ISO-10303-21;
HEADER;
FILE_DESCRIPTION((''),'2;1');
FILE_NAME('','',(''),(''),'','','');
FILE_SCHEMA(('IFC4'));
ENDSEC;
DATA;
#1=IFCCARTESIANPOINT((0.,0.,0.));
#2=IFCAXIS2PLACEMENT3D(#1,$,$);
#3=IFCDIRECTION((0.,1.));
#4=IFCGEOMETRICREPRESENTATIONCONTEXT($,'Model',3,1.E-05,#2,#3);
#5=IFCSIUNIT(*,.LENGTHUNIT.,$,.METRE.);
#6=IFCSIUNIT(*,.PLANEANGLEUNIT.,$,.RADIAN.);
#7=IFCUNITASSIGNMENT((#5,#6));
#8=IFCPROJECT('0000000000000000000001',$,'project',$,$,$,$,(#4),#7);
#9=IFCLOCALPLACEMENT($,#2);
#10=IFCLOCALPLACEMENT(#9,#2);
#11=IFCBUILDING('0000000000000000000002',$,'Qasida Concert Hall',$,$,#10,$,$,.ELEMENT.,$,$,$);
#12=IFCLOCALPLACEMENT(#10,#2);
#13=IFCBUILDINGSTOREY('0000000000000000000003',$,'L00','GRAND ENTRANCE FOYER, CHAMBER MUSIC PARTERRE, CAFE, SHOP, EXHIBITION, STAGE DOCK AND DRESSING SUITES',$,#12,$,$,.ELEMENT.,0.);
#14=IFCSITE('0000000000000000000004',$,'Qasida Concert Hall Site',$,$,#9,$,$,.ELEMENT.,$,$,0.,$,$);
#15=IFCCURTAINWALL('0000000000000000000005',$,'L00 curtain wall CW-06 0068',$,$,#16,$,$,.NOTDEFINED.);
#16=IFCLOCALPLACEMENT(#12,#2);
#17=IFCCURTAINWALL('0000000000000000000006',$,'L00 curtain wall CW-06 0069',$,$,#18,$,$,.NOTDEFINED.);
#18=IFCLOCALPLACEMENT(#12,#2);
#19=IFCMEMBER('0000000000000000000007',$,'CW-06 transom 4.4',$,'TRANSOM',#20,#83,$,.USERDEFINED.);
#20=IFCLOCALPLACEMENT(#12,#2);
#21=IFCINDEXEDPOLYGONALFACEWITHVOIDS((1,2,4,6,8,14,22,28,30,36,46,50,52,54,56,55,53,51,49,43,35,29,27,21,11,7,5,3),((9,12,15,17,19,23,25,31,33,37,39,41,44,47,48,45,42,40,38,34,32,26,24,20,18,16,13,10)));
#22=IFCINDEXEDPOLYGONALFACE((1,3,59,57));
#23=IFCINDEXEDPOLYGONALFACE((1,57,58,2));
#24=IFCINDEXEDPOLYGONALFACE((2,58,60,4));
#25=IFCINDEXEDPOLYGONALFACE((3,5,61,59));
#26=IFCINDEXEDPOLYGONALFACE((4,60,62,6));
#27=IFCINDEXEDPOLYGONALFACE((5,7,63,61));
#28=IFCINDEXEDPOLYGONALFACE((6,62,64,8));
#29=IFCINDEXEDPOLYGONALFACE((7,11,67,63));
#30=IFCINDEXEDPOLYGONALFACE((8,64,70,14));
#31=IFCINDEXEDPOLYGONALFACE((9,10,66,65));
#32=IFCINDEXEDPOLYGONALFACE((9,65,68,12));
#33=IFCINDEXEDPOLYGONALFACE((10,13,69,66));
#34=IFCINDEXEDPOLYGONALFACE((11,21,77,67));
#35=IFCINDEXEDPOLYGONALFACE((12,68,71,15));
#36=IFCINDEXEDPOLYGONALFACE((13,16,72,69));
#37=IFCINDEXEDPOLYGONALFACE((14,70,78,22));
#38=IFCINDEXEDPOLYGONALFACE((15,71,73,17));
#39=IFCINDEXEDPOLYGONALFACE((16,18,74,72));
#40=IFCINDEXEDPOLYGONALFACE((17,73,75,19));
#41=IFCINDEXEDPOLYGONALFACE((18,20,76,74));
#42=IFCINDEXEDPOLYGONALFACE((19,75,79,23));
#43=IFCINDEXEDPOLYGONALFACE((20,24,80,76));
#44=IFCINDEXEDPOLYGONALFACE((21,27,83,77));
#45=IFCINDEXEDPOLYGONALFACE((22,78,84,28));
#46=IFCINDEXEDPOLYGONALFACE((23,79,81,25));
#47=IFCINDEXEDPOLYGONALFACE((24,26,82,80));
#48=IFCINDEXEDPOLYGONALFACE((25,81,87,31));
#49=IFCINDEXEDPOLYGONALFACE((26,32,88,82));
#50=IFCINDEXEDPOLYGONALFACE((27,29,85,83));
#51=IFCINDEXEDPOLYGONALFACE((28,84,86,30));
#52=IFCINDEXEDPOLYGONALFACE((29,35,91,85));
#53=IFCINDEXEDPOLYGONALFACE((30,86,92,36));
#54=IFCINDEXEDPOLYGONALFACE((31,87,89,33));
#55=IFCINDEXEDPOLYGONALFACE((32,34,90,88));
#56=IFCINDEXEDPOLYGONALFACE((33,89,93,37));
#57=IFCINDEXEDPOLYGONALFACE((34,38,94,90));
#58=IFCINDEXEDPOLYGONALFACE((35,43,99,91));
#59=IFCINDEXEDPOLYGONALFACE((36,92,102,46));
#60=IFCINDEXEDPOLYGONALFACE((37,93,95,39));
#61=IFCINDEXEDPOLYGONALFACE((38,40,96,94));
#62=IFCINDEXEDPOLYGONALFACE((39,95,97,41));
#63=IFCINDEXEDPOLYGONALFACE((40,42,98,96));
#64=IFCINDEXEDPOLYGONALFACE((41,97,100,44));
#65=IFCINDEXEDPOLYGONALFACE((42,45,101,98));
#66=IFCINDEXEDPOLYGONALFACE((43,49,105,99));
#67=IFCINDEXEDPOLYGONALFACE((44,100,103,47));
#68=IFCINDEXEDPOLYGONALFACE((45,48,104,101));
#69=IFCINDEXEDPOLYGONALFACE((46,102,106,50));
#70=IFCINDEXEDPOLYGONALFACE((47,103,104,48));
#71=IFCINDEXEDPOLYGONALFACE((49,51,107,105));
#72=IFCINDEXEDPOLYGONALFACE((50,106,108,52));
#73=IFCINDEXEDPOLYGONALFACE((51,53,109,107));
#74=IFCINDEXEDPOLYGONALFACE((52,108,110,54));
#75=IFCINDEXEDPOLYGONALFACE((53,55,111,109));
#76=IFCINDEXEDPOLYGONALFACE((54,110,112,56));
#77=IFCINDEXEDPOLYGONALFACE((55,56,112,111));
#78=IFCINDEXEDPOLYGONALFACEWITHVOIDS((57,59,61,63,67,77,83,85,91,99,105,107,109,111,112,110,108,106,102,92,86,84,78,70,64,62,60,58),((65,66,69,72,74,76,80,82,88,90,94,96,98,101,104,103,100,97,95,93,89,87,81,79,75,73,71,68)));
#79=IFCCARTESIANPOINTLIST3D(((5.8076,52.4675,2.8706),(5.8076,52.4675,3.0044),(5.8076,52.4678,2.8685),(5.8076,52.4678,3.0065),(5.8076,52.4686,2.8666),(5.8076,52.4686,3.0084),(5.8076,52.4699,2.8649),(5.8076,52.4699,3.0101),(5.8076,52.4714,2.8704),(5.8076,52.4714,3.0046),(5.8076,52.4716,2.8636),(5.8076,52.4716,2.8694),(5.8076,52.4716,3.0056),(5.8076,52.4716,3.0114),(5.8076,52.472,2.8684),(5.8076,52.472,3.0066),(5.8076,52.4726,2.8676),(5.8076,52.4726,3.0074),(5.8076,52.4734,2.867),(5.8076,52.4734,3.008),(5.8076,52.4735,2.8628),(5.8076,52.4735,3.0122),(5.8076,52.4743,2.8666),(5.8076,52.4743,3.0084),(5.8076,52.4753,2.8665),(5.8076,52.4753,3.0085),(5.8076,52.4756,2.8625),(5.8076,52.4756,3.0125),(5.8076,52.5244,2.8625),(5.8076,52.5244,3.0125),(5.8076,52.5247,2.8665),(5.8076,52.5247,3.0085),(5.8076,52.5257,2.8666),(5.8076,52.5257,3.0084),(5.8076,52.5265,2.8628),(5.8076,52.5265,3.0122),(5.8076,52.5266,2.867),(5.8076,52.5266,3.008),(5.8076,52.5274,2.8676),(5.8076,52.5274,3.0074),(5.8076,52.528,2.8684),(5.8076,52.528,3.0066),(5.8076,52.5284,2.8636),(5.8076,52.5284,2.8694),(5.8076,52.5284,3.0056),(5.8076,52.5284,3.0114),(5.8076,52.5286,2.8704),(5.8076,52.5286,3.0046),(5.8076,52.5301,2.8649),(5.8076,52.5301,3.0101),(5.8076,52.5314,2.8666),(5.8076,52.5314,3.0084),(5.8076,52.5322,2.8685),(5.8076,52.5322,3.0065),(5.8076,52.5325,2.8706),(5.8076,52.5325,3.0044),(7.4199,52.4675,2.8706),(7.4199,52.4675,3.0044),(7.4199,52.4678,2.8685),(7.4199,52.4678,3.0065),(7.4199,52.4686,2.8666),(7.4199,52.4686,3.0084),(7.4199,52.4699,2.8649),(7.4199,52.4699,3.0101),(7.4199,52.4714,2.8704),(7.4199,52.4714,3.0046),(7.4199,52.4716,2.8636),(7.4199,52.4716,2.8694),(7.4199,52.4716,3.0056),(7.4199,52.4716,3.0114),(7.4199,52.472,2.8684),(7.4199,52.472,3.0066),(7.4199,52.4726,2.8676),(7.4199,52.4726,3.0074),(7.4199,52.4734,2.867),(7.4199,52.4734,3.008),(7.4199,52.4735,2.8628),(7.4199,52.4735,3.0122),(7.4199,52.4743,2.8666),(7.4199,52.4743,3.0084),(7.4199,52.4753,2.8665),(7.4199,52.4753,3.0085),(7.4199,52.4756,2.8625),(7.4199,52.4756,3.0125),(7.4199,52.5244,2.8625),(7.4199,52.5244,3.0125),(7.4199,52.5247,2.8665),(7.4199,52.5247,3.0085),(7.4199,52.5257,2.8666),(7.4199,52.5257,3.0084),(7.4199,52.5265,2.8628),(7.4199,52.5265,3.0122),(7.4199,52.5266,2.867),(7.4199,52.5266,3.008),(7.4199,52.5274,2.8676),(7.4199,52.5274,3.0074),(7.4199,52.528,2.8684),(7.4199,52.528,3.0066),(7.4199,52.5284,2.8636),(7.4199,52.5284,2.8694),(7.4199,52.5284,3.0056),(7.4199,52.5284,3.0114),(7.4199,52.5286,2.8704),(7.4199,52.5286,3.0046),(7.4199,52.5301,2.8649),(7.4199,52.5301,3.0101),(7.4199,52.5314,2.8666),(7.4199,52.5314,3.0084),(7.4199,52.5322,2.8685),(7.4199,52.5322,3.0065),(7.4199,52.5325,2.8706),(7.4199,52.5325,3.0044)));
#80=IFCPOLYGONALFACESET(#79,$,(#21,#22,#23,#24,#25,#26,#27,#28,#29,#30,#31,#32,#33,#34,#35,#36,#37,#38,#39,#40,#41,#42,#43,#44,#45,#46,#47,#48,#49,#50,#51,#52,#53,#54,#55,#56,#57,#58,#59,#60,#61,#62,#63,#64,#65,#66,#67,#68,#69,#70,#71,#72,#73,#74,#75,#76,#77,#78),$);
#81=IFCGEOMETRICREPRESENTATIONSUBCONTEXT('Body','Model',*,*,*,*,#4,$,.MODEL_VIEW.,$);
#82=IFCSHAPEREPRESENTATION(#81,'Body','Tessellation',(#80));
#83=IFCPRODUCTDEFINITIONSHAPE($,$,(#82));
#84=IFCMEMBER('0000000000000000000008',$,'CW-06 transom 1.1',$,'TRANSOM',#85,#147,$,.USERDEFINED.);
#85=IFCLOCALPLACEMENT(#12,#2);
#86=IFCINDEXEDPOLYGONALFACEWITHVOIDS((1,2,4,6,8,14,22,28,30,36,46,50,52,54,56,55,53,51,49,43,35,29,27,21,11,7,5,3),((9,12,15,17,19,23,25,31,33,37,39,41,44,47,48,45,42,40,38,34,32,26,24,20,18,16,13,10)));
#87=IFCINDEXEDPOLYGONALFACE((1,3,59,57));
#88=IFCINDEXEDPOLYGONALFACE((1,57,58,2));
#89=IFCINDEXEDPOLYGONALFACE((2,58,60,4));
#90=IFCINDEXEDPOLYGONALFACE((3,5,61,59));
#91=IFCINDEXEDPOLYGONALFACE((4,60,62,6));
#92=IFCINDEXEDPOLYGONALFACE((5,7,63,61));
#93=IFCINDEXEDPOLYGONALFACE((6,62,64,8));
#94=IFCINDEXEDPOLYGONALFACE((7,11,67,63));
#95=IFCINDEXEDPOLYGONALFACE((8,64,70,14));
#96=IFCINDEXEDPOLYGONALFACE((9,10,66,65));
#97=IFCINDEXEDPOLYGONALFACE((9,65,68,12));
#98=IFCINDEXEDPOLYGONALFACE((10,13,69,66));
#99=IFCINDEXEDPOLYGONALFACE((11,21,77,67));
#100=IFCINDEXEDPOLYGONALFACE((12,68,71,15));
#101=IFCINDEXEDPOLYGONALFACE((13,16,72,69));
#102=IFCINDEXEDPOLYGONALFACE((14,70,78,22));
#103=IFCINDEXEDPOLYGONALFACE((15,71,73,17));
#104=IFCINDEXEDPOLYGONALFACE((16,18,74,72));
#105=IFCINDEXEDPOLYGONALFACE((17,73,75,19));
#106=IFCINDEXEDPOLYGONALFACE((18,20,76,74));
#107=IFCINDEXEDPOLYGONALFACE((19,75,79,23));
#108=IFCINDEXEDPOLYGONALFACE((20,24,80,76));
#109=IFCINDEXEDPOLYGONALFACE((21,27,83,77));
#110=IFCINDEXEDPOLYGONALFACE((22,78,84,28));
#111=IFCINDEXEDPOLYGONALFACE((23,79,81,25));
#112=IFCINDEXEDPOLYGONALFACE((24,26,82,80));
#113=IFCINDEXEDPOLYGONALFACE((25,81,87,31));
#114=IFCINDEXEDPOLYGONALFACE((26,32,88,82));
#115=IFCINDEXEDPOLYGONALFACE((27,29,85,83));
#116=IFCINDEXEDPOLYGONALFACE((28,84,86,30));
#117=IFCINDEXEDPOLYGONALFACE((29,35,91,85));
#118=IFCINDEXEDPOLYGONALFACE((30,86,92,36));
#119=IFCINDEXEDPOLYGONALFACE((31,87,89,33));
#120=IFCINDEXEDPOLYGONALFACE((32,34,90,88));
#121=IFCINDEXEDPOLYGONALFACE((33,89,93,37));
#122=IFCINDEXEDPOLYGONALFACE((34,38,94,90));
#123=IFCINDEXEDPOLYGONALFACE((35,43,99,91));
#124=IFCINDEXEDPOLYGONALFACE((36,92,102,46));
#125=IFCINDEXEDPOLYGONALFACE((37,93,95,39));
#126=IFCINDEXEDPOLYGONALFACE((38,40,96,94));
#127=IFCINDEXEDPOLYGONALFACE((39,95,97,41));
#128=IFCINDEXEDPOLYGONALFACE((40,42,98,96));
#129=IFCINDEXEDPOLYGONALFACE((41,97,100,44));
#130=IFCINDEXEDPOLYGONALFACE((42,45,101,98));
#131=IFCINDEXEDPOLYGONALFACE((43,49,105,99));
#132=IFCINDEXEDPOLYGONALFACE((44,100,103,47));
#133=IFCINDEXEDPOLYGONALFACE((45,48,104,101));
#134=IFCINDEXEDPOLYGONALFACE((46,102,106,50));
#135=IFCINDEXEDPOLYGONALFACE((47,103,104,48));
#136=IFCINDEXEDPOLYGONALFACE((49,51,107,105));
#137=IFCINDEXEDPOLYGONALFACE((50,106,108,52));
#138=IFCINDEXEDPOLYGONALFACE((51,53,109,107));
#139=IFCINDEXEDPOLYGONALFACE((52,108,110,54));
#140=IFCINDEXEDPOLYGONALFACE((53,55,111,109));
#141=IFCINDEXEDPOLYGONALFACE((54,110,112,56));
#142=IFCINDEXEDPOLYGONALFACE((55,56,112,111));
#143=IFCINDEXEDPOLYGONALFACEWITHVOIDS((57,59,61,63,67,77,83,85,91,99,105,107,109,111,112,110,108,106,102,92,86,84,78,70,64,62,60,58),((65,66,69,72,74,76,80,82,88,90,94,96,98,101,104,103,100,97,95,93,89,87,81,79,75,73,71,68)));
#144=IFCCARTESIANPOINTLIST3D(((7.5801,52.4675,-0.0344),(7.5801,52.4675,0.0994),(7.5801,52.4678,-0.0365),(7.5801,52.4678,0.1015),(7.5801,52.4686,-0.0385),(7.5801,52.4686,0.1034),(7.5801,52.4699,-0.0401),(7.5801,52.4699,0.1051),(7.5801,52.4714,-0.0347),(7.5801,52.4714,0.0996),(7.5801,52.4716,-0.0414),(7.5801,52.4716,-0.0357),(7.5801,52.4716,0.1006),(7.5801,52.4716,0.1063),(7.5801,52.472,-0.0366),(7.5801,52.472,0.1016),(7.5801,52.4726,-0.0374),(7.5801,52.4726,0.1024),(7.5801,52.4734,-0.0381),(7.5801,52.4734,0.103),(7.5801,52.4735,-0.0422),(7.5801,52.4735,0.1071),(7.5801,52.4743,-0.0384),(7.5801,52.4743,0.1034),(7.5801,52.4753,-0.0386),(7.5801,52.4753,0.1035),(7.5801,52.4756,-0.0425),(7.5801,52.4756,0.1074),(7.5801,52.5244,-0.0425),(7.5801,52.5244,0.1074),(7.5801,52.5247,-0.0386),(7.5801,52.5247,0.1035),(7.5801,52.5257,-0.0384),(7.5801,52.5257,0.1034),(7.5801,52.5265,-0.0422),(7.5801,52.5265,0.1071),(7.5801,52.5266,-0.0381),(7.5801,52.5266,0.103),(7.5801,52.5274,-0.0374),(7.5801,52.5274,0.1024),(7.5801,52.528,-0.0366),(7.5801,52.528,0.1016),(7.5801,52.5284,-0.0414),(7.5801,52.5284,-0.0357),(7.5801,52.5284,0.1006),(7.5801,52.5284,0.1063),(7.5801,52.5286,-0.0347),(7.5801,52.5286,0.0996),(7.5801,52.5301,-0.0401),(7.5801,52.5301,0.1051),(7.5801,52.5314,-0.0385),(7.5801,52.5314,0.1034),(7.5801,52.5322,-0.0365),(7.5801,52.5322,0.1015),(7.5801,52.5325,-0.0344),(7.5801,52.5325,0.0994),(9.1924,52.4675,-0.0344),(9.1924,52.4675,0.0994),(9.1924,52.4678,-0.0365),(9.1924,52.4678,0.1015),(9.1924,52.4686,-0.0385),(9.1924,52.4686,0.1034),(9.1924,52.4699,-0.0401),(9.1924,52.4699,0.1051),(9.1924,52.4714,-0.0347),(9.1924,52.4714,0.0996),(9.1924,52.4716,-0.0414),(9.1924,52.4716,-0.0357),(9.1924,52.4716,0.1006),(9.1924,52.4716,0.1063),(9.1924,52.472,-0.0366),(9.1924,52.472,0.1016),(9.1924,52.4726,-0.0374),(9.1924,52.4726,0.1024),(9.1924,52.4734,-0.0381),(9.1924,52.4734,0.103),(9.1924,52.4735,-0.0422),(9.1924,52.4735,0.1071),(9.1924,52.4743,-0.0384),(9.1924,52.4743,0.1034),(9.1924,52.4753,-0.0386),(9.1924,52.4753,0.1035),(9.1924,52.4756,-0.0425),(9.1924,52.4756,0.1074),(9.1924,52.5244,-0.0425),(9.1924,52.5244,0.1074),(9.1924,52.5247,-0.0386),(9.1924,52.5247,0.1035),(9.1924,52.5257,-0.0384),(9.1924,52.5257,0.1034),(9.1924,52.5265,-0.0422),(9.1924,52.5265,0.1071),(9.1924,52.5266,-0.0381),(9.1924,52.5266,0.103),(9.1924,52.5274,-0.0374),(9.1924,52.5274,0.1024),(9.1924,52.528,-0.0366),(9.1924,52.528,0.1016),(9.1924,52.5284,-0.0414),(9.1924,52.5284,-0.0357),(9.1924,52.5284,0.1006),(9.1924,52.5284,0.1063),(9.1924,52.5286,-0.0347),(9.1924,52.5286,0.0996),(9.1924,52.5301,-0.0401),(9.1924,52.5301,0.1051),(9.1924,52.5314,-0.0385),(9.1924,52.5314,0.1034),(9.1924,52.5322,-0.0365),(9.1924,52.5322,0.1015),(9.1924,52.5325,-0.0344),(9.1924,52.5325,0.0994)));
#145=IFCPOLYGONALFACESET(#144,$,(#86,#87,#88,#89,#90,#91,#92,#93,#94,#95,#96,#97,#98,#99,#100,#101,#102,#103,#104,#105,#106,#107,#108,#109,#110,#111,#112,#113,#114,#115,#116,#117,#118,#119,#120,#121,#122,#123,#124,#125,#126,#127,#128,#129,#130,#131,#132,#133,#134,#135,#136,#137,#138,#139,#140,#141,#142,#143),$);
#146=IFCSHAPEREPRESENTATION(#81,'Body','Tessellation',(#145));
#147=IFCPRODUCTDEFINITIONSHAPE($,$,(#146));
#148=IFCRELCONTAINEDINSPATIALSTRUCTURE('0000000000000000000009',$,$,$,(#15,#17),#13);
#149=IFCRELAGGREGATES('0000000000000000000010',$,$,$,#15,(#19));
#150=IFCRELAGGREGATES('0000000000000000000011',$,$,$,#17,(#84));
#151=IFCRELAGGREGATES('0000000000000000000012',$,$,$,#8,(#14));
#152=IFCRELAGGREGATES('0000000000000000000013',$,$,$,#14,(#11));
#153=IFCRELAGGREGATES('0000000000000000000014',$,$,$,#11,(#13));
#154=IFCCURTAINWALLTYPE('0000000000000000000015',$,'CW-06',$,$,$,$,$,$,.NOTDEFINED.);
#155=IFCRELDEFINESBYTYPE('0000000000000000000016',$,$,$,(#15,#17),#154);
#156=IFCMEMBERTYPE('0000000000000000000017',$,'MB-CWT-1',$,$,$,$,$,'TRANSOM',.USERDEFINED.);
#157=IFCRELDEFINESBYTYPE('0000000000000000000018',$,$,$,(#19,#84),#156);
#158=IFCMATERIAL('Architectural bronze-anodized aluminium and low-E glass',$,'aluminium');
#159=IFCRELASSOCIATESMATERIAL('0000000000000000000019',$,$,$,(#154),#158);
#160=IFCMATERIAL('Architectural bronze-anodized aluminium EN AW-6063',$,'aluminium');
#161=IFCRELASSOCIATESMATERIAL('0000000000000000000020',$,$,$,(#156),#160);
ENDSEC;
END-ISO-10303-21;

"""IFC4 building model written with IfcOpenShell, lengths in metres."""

from ifc_helpers import new_model, si_unit, direction, frame, origin, origin_2d, place, context, subcontext, project, spatial, hollow_rectangle, extrude, material, material_profile, profile_set, type_object, element, aggregate, save


model = new_model("IFC4")

# Units and contexts
model_context = context("Model", 3, precision=1e-05, world=origin(), true_north=direction((0.0, 1.0)))
body_context = subcontext(model_context, "Body", "Model", "MODEL_VIEW")
ifc_project = project(units=[si_unit("LENGTHUNIT", "METRE"), si_unit("PLANEANGLEUNIT", "RADIAN")], contexts=[model_context])

# Site, building, storey
site_placement = place(None, origin())
site = spatial("IfcSite", under=ifc_project, at=site_placement, Name="Qasida Concert Hall Site", CompositionType="ELEMENT", RefElevation=0.0)
building_placement = place(site_placement, origin())
building = spatial("IfcBuilding", under=site, at=building_placement, Name="Qasida Concert Hall", CompositionType="ELEMENT")
storey_placement = place(building_placement, origin())
storey = spatial("IfcBuildingStorey", under=building, at=storey_placement, Name="L00", Description="GRAND ENTRANCE FOYER, CHAMBER MUSIC PARTERRE, CAFE, SHOP, EXHIBITION, STAGE DOCK AND DRESSING SUITES", CompositionType="ELEMENT", Elevation=0.0)

# Curtain wall
ifc_material_1 = material(Name="Architectural bronze-anodized aluminium and low-E glass", Category="aluminium")
curtain_wall_type = type_object("IfcCurtainWallType", Name="CW-06", PredefinedType="NOTDEFINED", material=ifc_material_1)
curtain_wall_1_placement = place(storey_placement, origin())
curtain_wall_1 = element("IfcCurtainWall", 1, at=curtain_wall_1_placement, inside=storey, type_object=curtain_wall_type, Name="L00 curtain wall CW-06 0068", PredefinedType="NOTDEFINED")
ifc_material_2 = material(Name="Architectural bronze-anodized aluminium EN AW-6063", Category="aluminium")

# Curtain wall
curtain_wall_2_placement = place(storey_placement, origin())
curtain_wall_2 = element("IfcCurtainWall", 2, at=curtain_wall_2_placement, inside=storey, type_object=curtain_wall_type, Name="L00 curtain wall CW-06 0069", PredefinedType="NOTDEFINED")

# Members
ifc_material_profile_1 = material_profile(ifc_material_2, hollow_rectangle(XDim=0.0649, YDim=0.1499, WallThickness=0.0039, InnerFilletRadius=0.0039, OuterFilletRadius=0.0081, at=origin_2d()), Name="CWT 150x65x4")
ifc_profile_set_1 = profile_set([ifc_material_profile_1], Name="Architectural bronze-anodized aluminium EN AW-6063")
member_type_1 = type_object("IfcMemberType", Name="MB-CWT-1", ElementType="TRANSOM", PredefinedType="USERDEFINED", material=ifc_profile_set_1)
member_1_placement = place(storey_placement, frame((5.8076, 52.5, 2.9375), z_axis=(1.0, 0.0, 0.0), x_axis=(0.0, 1.0, 0.0)))
member_1 = element("IfcMember", 3, at=member_1_placement, type_object=member_type_1, Name="CW-06 transom 4.4", ObjectType="TRANSOM", PredefinedType="USERDEFINED", context=body_context, shape_type="SweptSolid", body=[
    extrude(hollow_rectangle(XDim=0.0649, YDim=0.1499, WallThickness=0.0039, InnerFilletRadius=0.0039, OuterFilletRadius=0.0081, at=origin_2d()), origin(), (0.0, 0.0, 1.0), 1.6123),
])
member_2_placement = place(storey_placement, frame((7.5801, 52.5, 0.0325), z_axis=(1.0, 0.0, 0.0), x_axis=(0.0, 1.0, 0.0)))
member_2 = element("IfcMember", 4, at=member_2_placement, type_object=member_type_1, Name="CW-06 transom 1.1", ObjectType="TRANSOM", PredefinedType="USERDEFINED", context=body_context, shape_type="SweptSolid", body=[
    extrude(hollow_rectangle(XDim=0.0649, YDim=0.1499, WallThickness=0.0039, InnerFilletRadius=0.0039, OuterFilletRadius=0.0081, at=origin_2d()), origin(), (0.0, 0.0, 1.0), 1.6123),
])

aggregate(curtain_wall_1, [member_1])
aggregate(curtain_wall_2, [member_2])

save(model, "model.ifc")
